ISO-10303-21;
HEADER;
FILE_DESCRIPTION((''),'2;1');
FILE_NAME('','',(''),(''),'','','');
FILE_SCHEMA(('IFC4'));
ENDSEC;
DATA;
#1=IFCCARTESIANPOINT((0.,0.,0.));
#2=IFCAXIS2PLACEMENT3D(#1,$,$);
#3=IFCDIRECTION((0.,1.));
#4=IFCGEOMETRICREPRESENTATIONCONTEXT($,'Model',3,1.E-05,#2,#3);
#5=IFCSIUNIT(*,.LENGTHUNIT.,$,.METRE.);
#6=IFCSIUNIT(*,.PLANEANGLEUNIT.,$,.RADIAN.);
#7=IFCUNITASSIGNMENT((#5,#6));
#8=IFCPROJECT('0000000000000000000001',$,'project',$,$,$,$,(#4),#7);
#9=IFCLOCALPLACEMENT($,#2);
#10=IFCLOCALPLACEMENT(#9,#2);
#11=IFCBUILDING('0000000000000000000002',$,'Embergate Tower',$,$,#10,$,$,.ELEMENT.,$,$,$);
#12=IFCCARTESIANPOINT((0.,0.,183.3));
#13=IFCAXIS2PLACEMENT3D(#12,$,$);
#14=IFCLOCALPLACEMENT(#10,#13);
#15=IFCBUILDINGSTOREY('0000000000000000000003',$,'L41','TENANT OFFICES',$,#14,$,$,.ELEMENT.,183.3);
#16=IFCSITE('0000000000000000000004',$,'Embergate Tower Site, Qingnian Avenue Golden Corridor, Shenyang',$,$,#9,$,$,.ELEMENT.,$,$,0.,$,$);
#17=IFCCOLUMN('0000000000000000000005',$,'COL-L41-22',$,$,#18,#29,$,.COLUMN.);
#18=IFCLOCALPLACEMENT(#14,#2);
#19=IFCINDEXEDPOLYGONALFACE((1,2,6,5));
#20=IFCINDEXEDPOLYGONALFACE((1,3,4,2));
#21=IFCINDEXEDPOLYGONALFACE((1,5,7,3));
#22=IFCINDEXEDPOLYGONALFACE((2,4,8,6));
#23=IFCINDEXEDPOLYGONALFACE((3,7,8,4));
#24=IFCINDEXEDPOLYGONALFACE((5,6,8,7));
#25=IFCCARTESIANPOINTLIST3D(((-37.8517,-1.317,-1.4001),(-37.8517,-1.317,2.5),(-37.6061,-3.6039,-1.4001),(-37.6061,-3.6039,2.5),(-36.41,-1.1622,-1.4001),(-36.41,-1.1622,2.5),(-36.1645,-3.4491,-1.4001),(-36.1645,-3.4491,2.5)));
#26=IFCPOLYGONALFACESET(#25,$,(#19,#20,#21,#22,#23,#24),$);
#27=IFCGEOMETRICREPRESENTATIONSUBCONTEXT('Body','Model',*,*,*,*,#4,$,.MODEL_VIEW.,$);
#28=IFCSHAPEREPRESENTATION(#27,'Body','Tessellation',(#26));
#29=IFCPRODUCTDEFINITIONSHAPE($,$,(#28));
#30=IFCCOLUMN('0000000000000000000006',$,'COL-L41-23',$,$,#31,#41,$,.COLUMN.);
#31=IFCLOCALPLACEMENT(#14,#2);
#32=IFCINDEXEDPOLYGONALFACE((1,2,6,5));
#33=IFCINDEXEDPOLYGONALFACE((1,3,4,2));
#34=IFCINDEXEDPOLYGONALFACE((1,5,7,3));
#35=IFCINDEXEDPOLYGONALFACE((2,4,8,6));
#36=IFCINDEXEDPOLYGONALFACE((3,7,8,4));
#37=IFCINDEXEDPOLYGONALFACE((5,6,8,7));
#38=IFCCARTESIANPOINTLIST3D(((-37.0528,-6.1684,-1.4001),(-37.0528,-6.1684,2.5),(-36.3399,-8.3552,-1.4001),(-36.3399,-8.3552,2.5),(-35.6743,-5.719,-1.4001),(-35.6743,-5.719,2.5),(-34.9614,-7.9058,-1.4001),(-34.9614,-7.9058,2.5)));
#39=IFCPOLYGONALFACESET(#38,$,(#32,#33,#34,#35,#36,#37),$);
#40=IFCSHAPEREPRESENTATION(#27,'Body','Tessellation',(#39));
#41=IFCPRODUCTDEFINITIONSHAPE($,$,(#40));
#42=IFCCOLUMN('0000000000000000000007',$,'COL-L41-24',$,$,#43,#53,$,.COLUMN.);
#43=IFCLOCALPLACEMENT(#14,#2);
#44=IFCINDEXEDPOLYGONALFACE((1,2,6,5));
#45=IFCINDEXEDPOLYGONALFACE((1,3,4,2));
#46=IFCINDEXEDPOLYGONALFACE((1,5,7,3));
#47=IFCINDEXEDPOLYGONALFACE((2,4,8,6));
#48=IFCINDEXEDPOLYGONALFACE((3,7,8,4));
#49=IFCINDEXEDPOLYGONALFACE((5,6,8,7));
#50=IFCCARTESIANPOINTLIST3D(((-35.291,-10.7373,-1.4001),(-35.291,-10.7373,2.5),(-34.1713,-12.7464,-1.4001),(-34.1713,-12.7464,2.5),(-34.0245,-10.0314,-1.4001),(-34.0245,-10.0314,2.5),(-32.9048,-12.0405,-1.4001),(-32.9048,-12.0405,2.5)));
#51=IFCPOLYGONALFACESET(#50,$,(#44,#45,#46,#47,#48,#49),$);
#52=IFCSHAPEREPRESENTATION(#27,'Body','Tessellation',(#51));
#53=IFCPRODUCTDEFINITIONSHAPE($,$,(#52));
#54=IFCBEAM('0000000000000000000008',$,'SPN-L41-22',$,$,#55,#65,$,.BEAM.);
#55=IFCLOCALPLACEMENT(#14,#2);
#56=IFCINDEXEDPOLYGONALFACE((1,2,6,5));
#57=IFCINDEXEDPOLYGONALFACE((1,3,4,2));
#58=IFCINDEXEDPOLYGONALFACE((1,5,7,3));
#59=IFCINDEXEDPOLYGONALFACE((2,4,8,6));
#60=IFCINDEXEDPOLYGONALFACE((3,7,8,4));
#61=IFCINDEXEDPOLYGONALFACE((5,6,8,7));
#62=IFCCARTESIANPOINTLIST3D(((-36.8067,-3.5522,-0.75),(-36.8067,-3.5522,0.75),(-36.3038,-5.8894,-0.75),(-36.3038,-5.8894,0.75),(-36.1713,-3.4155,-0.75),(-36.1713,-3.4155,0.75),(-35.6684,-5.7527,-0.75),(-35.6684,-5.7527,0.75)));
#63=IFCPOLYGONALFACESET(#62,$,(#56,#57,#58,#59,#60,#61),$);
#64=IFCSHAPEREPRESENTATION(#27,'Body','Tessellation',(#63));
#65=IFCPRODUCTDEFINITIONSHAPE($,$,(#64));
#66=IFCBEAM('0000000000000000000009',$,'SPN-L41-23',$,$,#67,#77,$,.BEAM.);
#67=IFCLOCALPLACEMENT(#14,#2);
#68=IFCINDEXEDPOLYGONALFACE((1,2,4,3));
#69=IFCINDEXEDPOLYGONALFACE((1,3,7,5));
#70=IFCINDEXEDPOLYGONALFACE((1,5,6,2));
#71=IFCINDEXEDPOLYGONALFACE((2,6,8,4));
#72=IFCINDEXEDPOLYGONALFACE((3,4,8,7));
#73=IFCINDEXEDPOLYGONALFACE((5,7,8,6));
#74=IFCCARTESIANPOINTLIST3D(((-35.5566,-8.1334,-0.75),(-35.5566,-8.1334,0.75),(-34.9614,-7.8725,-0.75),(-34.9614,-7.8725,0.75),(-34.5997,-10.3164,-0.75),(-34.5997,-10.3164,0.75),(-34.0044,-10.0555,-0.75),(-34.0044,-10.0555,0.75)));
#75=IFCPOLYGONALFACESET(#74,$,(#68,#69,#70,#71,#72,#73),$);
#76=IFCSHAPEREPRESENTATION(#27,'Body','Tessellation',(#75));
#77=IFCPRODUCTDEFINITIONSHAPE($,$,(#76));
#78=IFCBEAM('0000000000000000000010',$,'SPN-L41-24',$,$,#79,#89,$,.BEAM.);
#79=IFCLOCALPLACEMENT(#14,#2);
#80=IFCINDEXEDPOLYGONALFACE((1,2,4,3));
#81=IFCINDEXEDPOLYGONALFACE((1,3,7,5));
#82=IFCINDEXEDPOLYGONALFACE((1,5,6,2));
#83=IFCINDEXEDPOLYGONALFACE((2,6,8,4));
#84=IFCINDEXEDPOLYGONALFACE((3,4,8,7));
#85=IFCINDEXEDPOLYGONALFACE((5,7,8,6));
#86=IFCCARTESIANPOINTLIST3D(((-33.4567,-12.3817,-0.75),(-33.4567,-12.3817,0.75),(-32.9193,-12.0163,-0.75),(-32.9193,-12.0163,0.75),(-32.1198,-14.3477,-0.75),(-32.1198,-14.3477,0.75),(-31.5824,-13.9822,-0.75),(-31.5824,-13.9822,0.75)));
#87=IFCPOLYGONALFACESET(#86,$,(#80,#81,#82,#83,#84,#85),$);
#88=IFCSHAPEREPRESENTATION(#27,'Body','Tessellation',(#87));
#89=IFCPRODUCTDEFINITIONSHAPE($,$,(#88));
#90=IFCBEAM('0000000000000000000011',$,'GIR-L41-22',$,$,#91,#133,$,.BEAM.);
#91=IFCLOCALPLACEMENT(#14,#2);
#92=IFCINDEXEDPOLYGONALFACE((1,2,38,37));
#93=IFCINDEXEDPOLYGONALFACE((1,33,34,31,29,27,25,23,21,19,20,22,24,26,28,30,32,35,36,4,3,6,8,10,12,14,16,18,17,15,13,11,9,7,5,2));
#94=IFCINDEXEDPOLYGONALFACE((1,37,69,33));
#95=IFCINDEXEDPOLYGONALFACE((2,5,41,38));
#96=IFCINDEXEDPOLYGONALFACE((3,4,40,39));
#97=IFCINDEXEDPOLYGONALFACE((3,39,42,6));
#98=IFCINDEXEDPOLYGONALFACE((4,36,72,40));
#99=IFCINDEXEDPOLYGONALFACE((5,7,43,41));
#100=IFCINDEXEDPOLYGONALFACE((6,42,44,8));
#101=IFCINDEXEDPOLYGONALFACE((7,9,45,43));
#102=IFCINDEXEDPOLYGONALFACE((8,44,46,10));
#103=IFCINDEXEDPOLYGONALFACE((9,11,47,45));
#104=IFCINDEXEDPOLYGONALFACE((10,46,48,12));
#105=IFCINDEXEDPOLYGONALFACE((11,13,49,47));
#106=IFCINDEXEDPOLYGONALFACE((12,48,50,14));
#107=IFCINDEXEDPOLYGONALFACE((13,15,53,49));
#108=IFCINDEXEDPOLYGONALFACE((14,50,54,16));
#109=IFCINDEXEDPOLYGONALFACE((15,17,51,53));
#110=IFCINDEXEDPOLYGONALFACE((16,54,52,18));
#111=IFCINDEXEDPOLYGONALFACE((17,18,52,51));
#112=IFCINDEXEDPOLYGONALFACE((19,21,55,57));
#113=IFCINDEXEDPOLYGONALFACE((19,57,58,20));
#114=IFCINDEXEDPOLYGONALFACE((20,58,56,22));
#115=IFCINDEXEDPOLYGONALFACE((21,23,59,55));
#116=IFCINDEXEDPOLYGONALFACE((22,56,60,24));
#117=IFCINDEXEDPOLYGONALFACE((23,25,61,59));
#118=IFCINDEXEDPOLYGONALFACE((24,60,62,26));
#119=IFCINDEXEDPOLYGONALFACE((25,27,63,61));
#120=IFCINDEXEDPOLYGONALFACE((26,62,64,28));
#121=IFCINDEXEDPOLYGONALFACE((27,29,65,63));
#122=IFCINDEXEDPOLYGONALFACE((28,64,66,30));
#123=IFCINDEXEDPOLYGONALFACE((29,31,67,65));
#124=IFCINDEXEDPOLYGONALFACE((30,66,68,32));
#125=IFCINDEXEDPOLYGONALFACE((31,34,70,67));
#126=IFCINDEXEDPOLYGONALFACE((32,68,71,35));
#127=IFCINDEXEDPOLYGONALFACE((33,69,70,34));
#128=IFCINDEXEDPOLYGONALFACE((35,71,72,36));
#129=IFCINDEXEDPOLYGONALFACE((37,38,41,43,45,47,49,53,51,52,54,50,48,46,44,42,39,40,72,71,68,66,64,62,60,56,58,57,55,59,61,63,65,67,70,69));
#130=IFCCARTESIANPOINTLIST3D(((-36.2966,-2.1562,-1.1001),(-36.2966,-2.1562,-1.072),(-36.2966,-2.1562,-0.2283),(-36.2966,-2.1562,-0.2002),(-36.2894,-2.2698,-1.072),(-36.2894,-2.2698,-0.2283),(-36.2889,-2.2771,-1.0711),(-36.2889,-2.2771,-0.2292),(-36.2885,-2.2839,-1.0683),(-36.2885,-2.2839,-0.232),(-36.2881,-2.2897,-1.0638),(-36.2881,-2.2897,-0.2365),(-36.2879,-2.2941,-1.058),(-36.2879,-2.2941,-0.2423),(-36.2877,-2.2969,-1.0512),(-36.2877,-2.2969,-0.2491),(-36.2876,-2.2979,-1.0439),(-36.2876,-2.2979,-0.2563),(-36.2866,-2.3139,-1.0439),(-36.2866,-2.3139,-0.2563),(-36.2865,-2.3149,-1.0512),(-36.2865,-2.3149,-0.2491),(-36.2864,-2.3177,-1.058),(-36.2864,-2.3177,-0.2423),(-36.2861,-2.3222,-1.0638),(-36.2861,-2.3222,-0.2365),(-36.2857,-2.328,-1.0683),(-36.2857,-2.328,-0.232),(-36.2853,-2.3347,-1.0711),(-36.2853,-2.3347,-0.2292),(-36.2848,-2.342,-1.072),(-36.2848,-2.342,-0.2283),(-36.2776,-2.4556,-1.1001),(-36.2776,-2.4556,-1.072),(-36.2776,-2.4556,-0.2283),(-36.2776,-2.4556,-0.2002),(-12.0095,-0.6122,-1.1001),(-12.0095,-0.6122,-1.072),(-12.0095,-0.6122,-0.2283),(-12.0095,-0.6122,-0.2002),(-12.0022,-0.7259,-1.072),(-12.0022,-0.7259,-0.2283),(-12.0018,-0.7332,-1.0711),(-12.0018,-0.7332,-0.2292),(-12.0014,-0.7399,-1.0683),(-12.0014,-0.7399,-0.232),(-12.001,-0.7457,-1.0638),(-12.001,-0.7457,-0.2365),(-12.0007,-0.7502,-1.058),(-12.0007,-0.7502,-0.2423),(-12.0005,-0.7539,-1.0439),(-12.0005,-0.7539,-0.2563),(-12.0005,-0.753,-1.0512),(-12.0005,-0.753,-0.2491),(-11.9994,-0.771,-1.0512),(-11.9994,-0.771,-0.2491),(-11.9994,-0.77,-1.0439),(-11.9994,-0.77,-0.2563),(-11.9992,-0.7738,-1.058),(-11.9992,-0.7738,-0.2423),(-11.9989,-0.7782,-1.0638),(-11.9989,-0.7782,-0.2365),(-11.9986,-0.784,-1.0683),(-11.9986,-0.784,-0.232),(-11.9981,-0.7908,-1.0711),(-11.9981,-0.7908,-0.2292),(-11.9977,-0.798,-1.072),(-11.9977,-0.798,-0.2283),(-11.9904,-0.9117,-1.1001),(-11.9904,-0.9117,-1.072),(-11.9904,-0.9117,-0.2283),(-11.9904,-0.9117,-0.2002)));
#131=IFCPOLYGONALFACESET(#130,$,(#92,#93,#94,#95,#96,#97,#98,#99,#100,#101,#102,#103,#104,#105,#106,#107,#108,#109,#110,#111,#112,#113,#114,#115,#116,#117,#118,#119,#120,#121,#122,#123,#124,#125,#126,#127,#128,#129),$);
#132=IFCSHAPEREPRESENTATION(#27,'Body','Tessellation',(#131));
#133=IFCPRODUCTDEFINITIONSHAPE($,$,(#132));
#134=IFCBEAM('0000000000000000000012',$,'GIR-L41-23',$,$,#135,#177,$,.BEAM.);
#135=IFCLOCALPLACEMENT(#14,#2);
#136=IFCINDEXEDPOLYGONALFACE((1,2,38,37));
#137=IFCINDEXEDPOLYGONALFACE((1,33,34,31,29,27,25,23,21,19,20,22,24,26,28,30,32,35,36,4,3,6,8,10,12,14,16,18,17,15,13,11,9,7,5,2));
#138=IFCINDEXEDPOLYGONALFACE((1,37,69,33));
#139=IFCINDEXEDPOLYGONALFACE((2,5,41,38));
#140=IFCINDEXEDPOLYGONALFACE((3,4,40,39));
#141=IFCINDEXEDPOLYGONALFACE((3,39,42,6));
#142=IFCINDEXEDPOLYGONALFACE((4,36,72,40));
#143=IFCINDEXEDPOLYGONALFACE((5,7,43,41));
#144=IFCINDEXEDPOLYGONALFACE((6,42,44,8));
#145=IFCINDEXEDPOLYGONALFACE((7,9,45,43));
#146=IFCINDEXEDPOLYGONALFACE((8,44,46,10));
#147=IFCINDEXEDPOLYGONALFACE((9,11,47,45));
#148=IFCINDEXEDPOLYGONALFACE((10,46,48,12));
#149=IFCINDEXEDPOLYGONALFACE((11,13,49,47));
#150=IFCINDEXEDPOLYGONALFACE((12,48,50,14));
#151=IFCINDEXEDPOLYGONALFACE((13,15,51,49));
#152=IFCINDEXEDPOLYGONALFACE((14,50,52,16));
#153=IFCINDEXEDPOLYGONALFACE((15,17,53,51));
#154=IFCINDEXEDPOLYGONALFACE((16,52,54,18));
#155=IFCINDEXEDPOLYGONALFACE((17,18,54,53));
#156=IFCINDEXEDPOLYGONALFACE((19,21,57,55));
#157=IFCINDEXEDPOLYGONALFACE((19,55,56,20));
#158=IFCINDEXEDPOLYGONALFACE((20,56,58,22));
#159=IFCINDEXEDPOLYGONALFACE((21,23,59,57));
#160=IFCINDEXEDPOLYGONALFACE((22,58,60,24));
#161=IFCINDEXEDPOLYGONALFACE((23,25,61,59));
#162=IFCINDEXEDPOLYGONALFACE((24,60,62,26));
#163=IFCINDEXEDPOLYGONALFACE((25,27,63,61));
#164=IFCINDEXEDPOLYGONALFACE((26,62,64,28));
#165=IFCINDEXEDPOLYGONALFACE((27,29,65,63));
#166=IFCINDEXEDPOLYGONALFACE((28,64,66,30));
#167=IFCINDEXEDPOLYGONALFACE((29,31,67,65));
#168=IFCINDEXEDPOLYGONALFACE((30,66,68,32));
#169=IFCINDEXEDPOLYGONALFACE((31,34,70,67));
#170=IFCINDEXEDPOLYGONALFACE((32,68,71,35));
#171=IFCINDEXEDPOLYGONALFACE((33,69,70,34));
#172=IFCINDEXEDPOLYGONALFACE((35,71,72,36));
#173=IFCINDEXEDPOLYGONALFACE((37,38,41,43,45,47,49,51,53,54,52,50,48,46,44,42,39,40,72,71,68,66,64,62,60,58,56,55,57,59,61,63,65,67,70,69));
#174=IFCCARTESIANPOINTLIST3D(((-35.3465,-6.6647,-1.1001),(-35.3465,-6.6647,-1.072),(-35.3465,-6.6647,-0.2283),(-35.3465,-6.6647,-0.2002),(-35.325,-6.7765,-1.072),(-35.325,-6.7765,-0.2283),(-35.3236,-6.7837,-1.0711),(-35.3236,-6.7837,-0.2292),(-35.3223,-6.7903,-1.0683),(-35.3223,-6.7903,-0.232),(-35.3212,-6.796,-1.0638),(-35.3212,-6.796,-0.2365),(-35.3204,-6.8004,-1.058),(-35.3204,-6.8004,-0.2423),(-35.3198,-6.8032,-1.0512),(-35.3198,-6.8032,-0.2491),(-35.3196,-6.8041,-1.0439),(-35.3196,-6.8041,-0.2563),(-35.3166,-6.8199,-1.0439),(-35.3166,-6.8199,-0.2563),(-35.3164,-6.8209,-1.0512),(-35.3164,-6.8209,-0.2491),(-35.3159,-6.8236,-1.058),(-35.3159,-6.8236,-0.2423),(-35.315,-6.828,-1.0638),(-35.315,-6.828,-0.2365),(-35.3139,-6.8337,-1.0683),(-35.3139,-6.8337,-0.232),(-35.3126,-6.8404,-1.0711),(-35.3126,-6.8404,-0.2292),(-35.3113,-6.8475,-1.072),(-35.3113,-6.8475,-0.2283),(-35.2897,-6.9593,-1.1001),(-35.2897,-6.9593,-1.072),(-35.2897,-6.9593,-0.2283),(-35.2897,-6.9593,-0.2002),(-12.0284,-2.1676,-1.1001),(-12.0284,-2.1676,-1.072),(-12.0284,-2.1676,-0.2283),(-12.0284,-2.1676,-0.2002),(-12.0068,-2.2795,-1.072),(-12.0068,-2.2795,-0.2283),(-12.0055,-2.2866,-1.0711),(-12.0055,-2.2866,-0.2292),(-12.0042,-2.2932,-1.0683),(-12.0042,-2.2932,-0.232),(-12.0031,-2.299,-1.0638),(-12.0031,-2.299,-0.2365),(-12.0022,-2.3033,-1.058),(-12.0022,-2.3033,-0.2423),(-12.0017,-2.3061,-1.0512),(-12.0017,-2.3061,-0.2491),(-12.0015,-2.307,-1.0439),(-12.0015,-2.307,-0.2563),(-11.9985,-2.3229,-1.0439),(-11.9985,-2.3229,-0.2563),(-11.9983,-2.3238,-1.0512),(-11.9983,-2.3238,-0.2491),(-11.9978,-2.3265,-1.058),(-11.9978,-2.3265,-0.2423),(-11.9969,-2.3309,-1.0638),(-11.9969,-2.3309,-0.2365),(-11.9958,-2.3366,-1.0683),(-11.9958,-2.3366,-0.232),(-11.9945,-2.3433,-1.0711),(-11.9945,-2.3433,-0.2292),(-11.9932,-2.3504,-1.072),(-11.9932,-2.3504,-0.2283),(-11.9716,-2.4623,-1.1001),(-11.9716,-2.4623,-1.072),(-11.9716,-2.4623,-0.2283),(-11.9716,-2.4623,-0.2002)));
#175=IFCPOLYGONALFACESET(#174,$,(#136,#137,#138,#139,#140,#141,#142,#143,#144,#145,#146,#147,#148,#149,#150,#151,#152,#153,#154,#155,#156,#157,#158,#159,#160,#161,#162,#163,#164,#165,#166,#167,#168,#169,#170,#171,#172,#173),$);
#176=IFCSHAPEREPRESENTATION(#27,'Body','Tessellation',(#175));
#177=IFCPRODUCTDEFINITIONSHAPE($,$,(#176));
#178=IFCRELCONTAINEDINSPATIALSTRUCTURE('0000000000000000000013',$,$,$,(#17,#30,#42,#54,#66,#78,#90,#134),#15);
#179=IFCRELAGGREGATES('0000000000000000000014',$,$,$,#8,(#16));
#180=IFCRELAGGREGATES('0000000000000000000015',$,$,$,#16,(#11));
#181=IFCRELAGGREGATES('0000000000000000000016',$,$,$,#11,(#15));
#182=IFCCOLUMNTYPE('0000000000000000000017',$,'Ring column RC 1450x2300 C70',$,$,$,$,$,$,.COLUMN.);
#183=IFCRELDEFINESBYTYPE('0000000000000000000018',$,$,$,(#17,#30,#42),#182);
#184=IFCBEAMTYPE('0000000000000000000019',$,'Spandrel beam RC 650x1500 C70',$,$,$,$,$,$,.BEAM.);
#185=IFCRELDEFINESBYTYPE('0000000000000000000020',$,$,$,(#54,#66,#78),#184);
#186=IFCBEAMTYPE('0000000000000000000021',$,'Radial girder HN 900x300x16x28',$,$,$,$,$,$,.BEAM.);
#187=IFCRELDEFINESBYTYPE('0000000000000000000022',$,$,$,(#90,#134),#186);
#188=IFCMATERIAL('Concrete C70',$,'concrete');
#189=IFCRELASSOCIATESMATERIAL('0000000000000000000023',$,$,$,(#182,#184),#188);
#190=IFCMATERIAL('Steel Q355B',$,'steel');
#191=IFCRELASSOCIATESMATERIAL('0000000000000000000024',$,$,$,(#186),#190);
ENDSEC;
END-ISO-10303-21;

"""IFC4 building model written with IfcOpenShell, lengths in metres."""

from ifc_helpers import new_model, si_unit, direction, frame, origin, origin_2d, place, context, subcontext, project, spatial, rectangle, i_section, extrude, source, transform, mapped, material, material_profile, profile_set, type_object, element, save


model = new_model("IFC4")

# Units and contexts
model_context = context("Model", 3, precision=1e-05, world=origin(), true_north=direction((0.0, 1.0)))
body_context = subcontext(model_context, "Body", "Model", "MODEL_VIEW")
ifc_project = project(units=[si_unit("LENGTHUNIT", "METRE"), si_unit("PLANEANGLEUNIT", "RADIAN")], contexts=[model_context])

# Site, building, storey
site_placement = place(None, origin())
site = spatial("IfcSite", under=ifc_project, at=site_placement, Name="Embergate Tower Site, Qingnian Avenue Golden Corridor, Shenyang", CompositionType="ELEMENT", RefElevation=0.0)
building_placement = place(site_placement, origin())
building = spatial("IfcBuilding", under=site, at=building_placement, Name="Embergate Tower", CompositionType="ELEMENT")
storey_placement = place(building_placement, frame((0.0, 0.0, 183.3)))
storey = spatial("IfcBuildingStorey", under=building, at=storey_placement, Name="L41", Description="TENANT OFFICES", CompositionType="ELEMENT", Elevation=183.3)

# Columns
ifc_material_1 = material(Name="Concrete C70", Category="concrete")
ifc_material_profile_1 = material_profile(ifc_material_1, rectangle(XDim=1.45, YDim=2.3, at=origin_2d()), Name="RC 1450x2300")
ifc_profile_set_1 = profile_set([ifc_material_profile_1], Name="Concrete C70")
column_type = type_object("IfcColumnType", Name="Ring column RC 1450x2300 C70", PredefinedType="COLUMN", material=ifc_profile_set_1)
shared_shape_1 = source(origin(), body_context, "Body", "SweptSolid", [
    extrude(rectangle(XDim=1.45, YDim=2.3, at=origin_2d()), origin(), (0.0, 0.0, 1.0), 3.9001),
])
for number, where, z_axis, x_axis, name in (
    (1, (-37.0081, -2.3831, -1.4001), (0.0, 0.0, 1.0), (-0.994286, -0.10675, 0.0), "COL-L41-22"),
    (2, (-36.0071, -7.0371, -1.4001), (0.0, 0.0, 1.0), (-0.950754, -0.309946, 0.0), "COL-L41-23"),
    (3, (-34.0979, -11.3889, -1.4001), (0.0, 0.0, 1.0), (-0.873492, -0.486839, 0.0), "COL-L41-24"),
):
    element("IfcColumn", number, at=place(storey_placement, frame(where, z_axis=z_axis, x_axis=x_axis)), inside=storey, type_object=column_type, Name=name, PredefinedType="COLUMN", context=body_context, shape_type="MappedRepresentation", body=[
        mapped(shared_shape_1, transform((0.0, 0.0, 0.0))),
    ])

# Beams
ifc_material_profile_2 = material_profile(ifc_material_1, rectangle(XDim=0.6499, YDim=1.5, at=origin_2d()), Name="RC 650x1500")
ifc_profile_set_2 = profile_set([ifc_material_profile_2], Name="Concrete C70")
beam_type_1 = type_object("IfcBeamType", Name="Spandrel beam RC 650x1500 C70", PredefinedType="BEAM", material=ifc_profile_set_2)
shared_shape_2 = source(origin(), body_context, "Body", "SweptSolid", [
    extrude(rectangle(XDim=0.6499, YDim=1.5, at=origin_2d()), origin(), (0.0, 0.0, 1.0), 2.3906),
])
beam_1_placement = place(storey_placement, frame((-36.489, -3.4839, 0.0), z_axis=(0.210373, -0.977621, 0.0), x_axis=(0.977621, 0.210373, 0.0)))
element("IfcBeam", 4, at=beam_1_placement, inside=storey, type_object=beam_type_1, Name="SPN-L41-22", PredefinedType="BEAM", context=body_context, shape_type="MappedRepresentation", body=[
    mapped(shared_shape_2, transform((0.0, 0.0, 0.0))),
])
shared_shape_3 = source(origin(), body_context, "Body", "SweptSolid", [
    extrude(rectangle(XDim=0.6499, YDim=1.5, at=origin_2d()), origin(), (0.0, 0.0, 1.0), 2.3835),
])
beam_2_placement = place(storey_placement, frame((-35.259, -8.0029, 0.0), z_axis=(0.401496, -0.915861, 0.0), x_axis=(0.915861, 0.401496, 0.0)))
element("IfcBeam", 5, at=beam_2_placement, inside=storey, type_object=beam_type_1, Name="SPN-L41-23", PredefinedType="BEAM", context=body_context, shape_type="MappedRepresentation", body=[
    mapped(shared_shape_3, transform((0.0, 0.0, 0.0))),
])
shared_shape_4 = source(origin(), body_context, "Body", "SweptSolid", [
    extrude(rectangle(XDim=0.6499, YDim=1.5, at=origin_2d()), origin(), (0.0, 0.0, 1.0), 2.3774),
])
beam_3_placement = place(storey_placement, frame((-33.188, -12.199, 0.0), z_axis=(0.562307, -0.826928, 0.0), x_axis=(0.826928, 0.562307, 0.0)))
element("IfcBeam", 6, at=beam_3_placement, inside=storey, type_object=beam_type_1, Name="SPN-L41-24", PredefinedType="BEAM", context=body_context, shape_type="MappedRepresentation", body=[
    mapped(shared_shape_4, transform((0.0, 0.0, 0.0))),
])
ifc_material_2 = material(Name="Steel Q355B", Category="steel")
ifc_material_profile_3 = material_profile(ifc_material_2, i_section(OverallWidth=0.3, OverallDepth=0.8999, WebThickness=0.0161, FlangeThickness=0.0281, FilletRadius=0.0281, at=origin_2d()), Name="HN 900x300x16x28")
ifc_profile_set_3 = profile_set([ifc_material_profile_3], Name="Steel Q355 grade B")
beam_type_2 = type_object("IfcBeamType", Name="Radial girder HN 900x300x16x28", PredefinedType="BEAM", material=ifc_profile_set_3)
shared_shape_5 = source(origin(), body_context, "Body", "SweptSolid", [
    extrude(i_section(OverallWidth=0.3, OverallDepth=0.8999, WebThickness=0.0161, FlangeThickness=0.0281, FilletRadius=0.0281, at=origin_2d()), origin(), (0.0, 0.0, 1.0), 24.3362),
])
beam_4_placement = place(storey_placement, frame((-36.2871, -2.3059, -0.6501), z_axis=(0.997985, 0.063443, 0.0), x_axis=(-0.063443, 0.997985, 0.0)))
element("IfcBeam", 7, at=beam_4_placement, inside=storey, type_object=beam_type_2, Name="GIR-L41-22", PredefinedType="BEAM", context=body_context, shape_type="MappedRepresentation", body=[
    mapped(shared_shape_5, transform((0.0, 0.0, 0.0))),
])
shared_shape_6 = source(origin(), body_context, "Body", "SweptSolid", [
    extrude(i_section(OverallWidth=0.3, OverallDepth=0.8999, WebThickness=0.0161, FlangeThickness=0.0281, FilletRadius=0.0281, at=origin_2d()), origin(), (0.0, 0.0, 1.0), 23.7478),
])
beam_5_placement = place(storey_placement, frame((-35.3181, -6.812, -0.6501), z_axis=(0.981906, 0.189368, 0.0), x_axis=(-0.189368, 0.981906, 0.0)))
element("IfcBeam", 8, at=beam_5_placement, inside=storey, type_object=beam_type_2, Name="GIR-L41-23", PredefinedType="BEAM", context=body_context, shape_type="MappedRepresentation", body=[
    mapped(shared_shape_6, transform((0.0, 0.0, 0.0))),
])

save(model, "model.ifc")
